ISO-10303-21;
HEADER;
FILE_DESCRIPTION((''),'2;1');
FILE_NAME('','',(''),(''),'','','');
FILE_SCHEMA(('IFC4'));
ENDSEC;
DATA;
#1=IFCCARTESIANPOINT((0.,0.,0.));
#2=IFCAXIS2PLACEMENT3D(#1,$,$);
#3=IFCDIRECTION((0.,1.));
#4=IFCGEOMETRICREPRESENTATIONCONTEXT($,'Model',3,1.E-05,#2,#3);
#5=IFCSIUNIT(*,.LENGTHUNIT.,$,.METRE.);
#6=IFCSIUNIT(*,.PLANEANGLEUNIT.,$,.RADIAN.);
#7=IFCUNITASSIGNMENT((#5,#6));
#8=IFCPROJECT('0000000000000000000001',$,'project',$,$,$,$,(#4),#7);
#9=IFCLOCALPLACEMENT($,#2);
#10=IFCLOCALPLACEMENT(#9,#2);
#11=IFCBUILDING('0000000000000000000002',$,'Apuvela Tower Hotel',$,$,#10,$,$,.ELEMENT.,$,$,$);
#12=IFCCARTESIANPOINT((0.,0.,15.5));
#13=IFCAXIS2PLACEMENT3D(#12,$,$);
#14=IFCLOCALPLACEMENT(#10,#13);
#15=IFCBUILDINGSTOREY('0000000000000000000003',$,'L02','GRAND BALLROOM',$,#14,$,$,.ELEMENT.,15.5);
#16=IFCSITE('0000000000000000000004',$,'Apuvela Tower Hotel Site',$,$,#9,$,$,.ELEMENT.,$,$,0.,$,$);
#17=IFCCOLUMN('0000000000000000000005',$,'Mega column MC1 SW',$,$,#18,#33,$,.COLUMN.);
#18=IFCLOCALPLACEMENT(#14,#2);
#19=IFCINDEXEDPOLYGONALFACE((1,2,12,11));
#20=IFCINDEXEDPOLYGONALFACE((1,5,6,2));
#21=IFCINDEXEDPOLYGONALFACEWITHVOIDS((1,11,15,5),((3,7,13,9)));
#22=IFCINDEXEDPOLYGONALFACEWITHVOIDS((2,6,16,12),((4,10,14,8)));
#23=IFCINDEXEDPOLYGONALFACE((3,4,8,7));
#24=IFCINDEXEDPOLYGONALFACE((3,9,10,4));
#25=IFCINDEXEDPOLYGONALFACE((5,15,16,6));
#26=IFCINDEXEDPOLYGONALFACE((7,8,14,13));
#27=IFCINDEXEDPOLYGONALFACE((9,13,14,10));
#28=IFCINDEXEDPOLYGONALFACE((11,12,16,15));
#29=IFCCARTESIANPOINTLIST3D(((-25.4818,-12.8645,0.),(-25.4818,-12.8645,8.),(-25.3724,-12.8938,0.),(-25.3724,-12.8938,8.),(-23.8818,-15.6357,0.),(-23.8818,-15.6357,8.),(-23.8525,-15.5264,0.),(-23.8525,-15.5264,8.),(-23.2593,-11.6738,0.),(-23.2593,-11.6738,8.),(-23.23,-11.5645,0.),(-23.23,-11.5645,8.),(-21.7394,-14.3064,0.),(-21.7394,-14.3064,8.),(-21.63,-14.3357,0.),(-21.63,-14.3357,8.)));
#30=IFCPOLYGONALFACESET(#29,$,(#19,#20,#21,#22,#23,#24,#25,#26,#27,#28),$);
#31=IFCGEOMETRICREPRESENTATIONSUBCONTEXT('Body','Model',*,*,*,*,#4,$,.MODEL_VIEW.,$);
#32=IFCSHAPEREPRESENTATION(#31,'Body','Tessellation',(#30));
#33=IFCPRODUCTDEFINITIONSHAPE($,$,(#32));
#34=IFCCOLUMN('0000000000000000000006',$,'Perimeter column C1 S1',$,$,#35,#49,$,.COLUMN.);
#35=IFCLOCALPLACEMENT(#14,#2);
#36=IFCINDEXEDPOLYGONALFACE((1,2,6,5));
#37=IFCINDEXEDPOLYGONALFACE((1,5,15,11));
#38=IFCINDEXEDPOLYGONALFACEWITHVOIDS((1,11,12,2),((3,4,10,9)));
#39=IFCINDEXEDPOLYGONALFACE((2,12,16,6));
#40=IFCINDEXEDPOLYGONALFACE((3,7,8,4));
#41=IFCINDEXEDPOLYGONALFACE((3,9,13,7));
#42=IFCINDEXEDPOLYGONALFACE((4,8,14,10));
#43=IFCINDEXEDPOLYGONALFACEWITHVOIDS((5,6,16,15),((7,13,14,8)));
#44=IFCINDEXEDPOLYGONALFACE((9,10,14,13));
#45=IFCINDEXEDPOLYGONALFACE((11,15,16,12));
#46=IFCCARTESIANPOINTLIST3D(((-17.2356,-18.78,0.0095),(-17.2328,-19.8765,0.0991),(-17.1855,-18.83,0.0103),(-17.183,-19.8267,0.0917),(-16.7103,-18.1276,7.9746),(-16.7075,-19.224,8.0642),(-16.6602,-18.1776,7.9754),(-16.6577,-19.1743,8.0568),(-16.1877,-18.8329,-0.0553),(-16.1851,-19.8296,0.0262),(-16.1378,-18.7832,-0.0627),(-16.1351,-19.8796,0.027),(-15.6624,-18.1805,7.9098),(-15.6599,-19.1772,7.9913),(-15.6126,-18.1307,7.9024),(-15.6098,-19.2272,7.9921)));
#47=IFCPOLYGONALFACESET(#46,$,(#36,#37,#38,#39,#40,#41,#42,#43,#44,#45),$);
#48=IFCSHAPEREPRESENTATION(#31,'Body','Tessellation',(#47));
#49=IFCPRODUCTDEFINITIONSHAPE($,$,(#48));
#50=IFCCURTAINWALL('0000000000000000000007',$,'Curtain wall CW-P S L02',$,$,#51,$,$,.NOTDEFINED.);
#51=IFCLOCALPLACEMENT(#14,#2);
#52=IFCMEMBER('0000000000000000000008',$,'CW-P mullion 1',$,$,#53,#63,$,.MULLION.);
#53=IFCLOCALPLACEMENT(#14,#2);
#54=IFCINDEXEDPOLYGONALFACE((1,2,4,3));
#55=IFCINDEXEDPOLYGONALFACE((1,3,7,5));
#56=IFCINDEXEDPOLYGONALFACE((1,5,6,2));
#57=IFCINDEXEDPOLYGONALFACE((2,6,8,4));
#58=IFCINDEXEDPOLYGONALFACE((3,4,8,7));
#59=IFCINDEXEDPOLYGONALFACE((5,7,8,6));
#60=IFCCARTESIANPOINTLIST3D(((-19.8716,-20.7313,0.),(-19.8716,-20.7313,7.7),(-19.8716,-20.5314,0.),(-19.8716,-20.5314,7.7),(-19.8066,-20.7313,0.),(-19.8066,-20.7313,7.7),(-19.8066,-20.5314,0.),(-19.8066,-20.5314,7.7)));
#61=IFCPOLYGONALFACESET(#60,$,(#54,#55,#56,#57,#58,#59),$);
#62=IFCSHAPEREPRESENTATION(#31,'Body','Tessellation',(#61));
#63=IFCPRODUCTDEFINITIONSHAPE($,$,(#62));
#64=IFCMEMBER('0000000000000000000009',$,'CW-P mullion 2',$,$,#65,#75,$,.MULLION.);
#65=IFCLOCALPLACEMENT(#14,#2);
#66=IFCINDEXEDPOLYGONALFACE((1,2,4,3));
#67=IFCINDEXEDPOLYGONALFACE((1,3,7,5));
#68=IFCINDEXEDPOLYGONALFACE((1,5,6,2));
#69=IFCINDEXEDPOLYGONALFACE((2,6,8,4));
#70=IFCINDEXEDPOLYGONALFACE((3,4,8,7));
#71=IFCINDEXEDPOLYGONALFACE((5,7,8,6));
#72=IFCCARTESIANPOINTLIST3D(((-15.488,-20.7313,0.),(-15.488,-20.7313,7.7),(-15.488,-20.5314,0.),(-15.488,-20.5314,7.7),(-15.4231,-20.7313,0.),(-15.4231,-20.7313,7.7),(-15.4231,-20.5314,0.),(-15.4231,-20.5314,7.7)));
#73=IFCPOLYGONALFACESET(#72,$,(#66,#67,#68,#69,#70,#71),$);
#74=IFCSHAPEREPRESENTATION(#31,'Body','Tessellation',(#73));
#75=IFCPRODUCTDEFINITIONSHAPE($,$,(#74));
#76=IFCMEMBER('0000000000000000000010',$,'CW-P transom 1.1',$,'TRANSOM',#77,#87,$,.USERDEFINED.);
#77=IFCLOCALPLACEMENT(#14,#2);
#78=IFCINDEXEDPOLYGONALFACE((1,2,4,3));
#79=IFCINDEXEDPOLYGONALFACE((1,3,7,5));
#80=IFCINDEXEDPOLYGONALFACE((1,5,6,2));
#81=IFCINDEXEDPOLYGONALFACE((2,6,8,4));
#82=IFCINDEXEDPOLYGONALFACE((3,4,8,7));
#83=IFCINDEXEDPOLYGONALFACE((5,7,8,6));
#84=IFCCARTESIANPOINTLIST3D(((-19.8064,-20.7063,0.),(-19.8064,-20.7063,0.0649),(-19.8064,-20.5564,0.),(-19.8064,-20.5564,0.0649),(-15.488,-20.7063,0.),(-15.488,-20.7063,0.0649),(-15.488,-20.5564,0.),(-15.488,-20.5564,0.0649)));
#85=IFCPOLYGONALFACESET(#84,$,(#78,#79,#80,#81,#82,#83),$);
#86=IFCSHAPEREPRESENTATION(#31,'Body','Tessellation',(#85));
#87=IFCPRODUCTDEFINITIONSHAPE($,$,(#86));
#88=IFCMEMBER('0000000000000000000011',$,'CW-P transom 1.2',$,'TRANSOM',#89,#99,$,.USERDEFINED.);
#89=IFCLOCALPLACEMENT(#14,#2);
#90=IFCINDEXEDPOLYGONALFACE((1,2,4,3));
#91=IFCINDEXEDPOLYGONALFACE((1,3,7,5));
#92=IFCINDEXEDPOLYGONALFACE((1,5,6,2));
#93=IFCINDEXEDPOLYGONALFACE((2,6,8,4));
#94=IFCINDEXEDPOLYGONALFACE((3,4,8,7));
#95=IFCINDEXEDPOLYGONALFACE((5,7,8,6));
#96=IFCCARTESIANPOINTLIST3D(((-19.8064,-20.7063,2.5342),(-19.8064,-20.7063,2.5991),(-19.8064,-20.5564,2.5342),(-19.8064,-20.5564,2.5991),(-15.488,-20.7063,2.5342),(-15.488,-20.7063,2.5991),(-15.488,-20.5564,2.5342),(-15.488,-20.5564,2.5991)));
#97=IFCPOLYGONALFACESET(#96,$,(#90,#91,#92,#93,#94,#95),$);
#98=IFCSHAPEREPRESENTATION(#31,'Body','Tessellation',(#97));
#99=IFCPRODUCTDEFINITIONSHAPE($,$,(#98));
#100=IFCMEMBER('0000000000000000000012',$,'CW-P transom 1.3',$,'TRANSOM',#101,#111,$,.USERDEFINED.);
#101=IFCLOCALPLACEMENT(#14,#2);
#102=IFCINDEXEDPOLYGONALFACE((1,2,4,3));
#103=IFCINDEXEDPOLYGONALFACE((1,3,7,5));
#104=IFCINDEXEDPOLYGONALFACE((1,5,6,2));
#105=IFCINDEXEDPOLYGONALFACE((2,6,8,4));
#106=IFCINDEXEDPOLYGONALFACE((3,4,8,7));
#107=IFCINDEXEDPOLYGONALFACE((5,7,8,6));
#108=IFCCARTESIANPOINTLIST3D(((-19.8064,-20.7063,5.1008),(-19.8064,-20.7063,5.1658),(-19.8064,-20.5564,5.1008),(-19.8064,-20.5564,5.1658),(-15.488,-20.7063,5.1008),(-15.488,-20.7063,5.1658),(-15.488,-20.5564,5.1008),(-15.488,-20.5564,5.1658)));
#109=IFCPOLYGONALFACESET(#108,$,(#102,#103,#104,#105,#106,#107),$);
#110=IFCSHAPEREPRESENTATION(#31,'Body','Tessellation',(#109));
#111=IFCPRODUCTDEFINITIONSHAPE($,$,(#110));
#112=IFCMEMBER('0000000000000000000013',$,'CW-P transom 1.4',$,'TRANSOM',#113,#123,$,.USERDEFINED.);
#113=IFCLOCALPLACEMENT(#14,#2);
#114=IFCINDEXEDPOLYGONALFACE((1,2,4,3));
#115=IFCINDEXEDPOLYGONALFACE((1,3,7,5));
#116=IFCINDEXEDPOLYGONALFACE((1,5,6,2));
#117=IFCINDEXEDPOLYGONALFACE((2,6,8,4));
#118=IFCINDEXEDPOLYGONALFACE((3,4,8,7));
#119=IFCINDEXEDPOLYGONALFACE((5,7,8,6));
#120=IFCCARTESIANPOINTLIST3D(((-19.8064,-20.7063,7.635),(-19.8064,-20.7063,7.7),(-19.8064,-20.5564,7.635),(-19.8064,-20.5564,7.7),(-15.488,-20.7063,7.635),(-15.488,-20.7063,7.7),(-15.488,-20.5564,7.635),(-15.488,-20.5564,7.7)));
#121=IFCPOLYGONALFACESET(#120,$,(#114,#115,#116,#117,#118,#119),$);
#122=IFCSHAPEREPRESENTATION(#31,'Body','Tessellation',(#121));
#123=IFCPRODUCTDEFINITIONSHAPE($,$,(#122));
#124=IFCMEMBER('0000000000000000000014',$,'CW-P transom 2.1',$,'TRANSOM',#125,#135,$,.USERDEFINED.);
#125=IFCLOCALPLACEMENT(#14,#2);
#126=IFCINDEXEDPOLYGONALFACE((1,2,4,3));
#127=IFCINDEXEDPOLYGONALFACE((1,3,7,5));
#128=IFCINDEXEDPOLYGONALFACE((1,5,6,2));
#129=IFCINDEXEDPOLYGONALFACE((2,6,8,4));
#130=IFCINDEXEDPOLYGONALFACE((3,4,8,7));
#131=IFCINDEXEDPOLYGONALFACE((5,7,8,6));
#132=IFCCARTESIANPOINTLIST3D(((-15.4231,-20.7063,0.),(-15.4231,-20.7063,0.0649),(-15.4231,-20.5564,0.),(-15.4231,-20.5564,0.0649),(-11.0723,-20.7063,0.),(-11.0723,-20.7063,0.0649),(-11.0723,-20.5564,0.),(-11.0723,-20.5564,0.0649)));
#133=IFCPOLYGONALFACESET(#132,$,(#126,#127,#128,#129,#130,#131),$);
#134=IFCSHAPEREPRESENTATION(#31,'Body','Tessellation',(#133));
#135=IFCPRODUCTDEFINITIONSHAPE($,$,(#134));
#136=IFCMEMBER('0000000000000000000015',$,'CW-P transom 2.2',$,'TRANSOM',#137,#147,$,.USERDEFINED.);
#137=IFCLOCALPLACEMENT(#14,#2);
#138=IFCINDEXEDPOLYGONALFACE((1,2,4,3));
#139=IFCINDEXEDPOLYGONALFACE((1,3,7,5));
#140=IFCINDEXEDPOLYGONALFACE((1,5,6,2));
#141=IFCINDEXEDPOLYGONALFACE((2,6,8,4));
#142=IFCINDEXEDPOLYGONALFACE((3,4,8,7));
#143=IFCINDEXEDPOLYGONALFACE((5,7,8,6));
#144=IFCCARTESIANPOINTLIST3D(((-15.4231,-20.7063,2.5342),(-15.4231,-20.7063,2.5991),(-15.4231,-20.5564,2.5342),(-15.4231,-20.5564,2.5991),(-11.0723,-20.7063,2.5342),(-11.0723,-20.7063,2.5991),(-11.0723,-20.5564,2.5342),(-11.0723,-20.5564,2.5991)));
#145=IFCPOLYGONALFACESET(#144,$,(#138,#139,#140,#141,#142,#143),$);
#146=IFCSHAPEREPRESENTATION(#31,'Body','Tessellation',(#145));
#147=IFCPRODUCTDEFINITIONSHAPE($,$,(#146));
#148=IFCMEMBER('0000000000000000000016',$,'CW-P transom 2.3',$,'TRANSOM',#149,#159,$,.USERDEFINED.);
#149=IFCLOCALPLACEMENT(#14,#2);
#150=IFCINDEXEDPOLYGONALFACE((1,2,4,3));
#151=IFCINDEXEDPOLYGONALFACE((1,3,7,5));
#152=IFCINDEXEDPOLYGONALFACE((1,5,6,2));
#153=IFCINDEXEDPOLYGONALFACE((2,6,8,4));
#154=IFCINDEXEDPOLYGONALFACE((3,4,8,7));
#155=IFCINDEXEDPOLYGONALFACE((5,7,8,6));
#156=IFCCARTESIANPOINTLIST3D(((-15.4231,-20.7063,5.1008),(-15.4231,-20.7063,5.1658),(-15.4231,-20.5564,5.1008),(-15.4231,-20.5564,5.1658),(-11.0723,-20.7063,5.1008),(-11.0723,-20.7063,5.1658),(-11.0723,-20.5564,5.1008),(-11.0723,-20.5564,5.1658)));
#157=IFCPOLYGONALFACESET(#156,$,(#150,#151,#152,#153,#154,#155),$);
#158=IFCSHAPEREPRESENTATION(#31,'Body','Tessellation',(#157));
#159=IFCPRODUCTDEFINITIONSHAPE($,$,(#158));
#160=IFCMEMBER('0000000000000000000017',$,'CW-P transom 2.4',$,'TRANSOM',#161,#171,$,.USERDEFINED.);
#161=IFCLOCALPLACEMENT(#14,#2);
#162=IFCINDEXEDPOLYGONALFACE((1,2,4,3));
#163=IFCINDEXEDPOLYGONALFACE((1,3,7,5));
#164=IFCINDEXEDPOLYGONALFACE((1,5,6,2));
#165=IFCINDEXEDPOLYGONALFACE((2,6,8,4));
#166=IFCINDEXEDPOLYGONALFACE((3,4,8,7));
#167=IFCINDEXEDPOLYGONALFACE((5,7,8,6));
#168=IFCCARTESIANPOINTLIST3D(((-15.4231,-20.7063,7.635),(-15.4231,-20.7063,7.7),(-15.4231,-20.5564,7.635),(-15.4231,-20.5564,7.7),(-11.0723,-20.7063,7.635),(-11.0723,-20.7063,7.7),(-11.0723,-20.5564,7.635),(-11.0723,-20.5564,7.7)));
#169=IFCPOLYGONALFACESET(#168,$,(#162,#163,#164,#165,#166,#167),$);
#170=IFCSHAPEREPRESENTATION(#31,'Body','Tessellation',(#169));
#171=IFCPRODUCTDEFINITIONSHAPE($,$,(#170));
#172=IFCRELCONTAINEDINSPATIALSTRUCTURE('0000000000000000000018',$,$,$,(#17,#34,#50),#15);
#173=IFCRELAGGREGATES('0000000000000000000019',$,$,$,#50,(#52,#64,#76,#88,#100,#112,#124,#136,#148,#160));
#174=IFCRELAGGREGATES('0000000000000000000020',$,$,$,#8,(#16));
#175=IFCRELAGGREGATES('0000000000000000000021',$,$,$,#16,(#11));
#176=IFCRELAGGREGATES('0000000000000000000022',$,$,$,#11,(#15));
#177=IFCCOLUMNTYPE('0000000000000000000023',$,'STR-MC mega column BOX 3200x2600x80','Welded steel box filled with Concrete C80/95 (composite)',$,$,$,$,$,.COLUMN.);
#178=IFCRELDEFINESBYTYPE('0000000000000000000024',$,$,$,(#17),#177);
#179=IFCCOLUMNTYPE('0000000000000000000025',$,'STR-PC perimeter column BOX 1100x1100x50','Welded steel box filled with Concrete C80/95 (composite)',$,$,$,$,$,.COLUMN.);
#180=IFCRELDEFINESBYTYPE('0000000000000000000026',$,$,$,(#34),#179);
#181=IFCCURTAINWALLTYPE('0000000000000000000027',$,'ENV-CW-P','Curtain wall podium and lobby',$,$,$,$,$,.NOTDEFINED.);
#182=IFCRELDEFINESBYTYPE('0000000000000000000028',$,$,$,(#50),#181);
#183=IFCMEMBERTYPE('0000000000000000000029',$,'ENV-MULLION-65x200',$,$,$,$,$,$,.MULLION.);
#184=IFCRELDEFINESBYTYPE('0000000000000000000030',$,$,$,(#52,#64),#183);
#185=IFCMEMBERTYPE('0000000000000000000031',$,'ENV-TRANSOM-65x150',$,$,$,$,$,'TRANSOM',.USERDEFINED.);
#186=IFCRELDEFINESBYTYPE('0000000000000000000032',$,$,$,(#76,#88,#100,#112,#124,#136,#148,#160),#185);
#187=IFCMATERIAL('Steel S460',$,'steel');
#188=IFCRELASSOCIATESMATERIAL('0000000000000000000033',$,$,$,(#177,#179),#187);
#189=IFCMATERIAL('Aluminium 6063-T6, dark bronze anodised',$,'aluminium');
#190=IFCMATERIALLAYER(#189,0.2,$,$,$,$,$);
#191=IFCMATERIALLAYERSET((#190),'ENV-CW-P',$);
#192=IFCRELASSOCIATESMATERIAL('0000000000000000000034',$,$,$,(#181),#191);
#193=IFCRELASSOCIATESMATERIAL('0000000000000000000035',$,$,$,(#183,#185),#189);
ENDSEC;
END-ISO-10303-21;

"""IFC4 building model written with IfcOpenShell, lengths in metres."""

from ifc_helpers import new_model, si_unit, direction, frame, origin, origin_2d, place, context, subcontext, project, spatial, rectangle, hollow_rectangle, extrude, boolean, halfspace, material, layer, layer_set, material_profile, profile_set, type_object, element, aggregate, save


model = new_model("IFC4")

# Units and contexts
model_context = context("Model", 3, precision=1e-05, world=origin(), true_north=direction((0.0, 1.0)))
body_context = subcontext(model_context, "Body", "Model", "MODEL_VIEW")
ifc_project = project(units=[si_unit("LENGTHUNIT", "METRE"), si_unit("PLANEANGLEUNIT", "RADIAN")], contexts=[model_context])

# Site, building, storey
site_placement = place(None, origin())
site = spatial("IfcSite", under=ifc_project, at=site_placement, Name="Apuvela Tower Hotel Site", CompositionType="ELEMENT", RefElevation=0.0)
building_placement = place(site_placement, origin())
building = spatial("IfcBuilding", under=site, at=building_placement, Name="Apuvela Tower Hotel", CompositionType="ELEMENT")
storey_placement = place(building_placement, frame((0.0, 0.0, 15.5)))
storey = spatial("IfcBuildingStorey", under=building, at=storey_placement, Name="L02", Description="GRAND BALLROOM", CompositionType="ELEMENT", Elevation=15.5)

# Columns
ifc_material_1 = material(Name="Steel S460", Category="steel")
ifc_material_profile_1 = material_profile(ifc_material_1, hollow_rectangle(XDim=3.2, YDim=2.6001, WallThickness=0.0801, at=origin_2d()), Name="BOX 3200x2600x80")
ifc_material_2 = material(Name="Concrete C80/95", Category="concrete")
ifc_material_profile_2 = material_profile(ifc_material_2, rectangle(XDim=3.04, YDim=2.4399, at=origin_2d()), Name="Concrete C80/95 infill")
ifc_profile_set_1 = profile_set([ifc_material_profile_1, ifc_material_profile_2], Name="Steel S460")
column_type_1 = type_object("IfcColumnType", Name="STR-MC mega column BOX 3200x2600x80", Description="Welded steel box filled with Concrete C80/95 (composite)", PredefinedType="COLUMN", material=ifc_profile_set_1)
column_1_placement = place(storey_placement, frame((-23.5559, -13.6001, 0.0), z_axis=(0.0, 0.0, 1.0), x_axis=(-0.5, 0.866025, 0.0)))
element("IfcColumn", 1, at=column_1_placement, inside=storey, type_object=column_type_1, Name="Mega column MC1 SW", PredefinedType="COLUMN", context=body_context, shape_type="SweptSolid", body=[
    extrude(hollow_rectangle(XDim=3.2, YDim=2.6001, WallThickness=0.0801, at=origin_2d()), origin(), (0.0, 0.0, 1.0), 8.0),
])
ifc_material_profile_3 = material_profile(ifc_material_1, hollow_rectangle(XDim=1.1001, YDim=1.1001, WallThickness=0.05, at=origin_2d()), Name="BOX 1100x1100x50")
ifc_material_profile_4 = material_profile(ifc_material_2, rectangle(XDim=1.0, YDim=1.0, at=origin_2d()), Name="Concrete C80/95 infill")
ifc_profile_set_2 = profile_set([ifc_material_profile_3, ifc_material_profile_4], Name="Steel S460")
column_type_2 = type_object("IfcColumnType", Name="STR-PC perimeter column BOX 1100x1100x50", Description="Welded steel box filled with Concrete C80/95 (composite)", PredefinedType="COLUMN", material=ifc_profile_set_2)
column_2_placement = place(storey_placement, frame((-16.6865, -19.3313, 0.0), z_axis=(0.065587, 0.08146, 0.994516), x_axis=(-0.997844, 0.002852, 0.065573)))
element("IfcColumn", 2, at=column_2_placement, inside=storey, type_object=column_type_2, Name="Perimeter column C1 S1", PredefinedType="COLUMN", context=body_context, shape_type="SweptSolid", body=[
    boolean("DIFFERENCE", boolean("DIFFERENCE", extrude(hollow_rectangle(XDim=1.1001, YDim=1.1001, WallThickness=0.05, at=origin_2d()), origin(), (0.0, 0.0, 1.0), 8.0442), halfspace(frame((0.0, 0.0, 0.0183), z_axis=(0.0, 0.0, 1.0), x_axis=(1.0, 0.0, 0.0)), True)), halfspace(frame((0.0, 0.0, 8.0273), z_axis=(0.0, 0.0, 1.0), x_axis=(1.0, 0.0, 0.0)), False)),
])

# Curtain wall, members
ifc_material_3 = material(Name="Aluminium 6063-T6, dark bronze anodised", Category="aluminium")
ifc_layer_1 = layer(ifc_material_3, 0.2)
ifc_layer_set_1 = layer_set([ifc_layer_1], Name="ENV-CW-P")
curtain_wall_type = type_object("IfcCurtainWallType", Name="ENV-CW-P", Description="Curtain wall podium and lobby", PredefinedType="NOTDEFINED", material=ifc_layer_set_1)
curtain_wall_placement = place(storey_placement, origin())
curtain_wall = element("IfcCurtainWall", 3, at=curtain_wall_placement, inside=storey, type_object=curtain_wall_type, Name="Curtain wall CW-P S L02", PredefinedType="NOTDEFINED")
ifc_material_profile_5 = material_profile(ifc_material_3, rectangle(XDim=0.2, YDim=0.0649, at=origin_2d()), Name="AL 65x200")
ifc_profile_set_3 = profile_set([ifc_material_profile_5], Name="Aluminium 6063-T6, dark bronze anodised")
member_type_1 = type_object("IfcMemberType", Name="ENV-MULLION-65x200", PredefinedType="MULLION", material=ifc_profile_set_3)
member_1_placement = place(storey_placement, frame((-19.8391, -20.6313, 0.0), z_axis=(0.0, 0.0, 1.0), x_axis=(0.0, 1.0, 0.0)))
member_1 = element("IfcMember", 4, at=member_1_placement, type_object=member_type_1, Name="CW-P mullion 1", PredefinedType="MULLION", context=body_context, shape_type="SweptSolid", body=[
    extrude(rectangle(XDim=0.2, YDim=0.0649, at=origin_2d()), origin(), (0.0, 0.0, 1.0), 7.7),
])
member_2_placement = place(storey_placement, frame((-15.4556, -20.6313, 0.0), z_axis=(0.0, 0.0, 1.0), x_axis=(0.0, 1.0, 0.0)))
member_2 = element("IfcMember", 5, at=member_2_placement, type_object=member_type_1, Name="CW-P mullion 2", PredefinedType="MULLION", context=body_context, shape_type="SweptSolid", body=[
    extrude(rectangle(XDim=0.2, YDim=0.0649, at=origin_2d()), origin(), (0.0, 0.0, 1.0), 7.7),
])
ifc_material_profile_6 = material_profile(ifc_material_3, rectangle(XDim=0.1499, YDim=0.0649, at=origin_2d()), Name="AL 65x150 transom")
ifc_profile_set_4 = profile_set([ifc_material_profile_6], Name="Aluminium 6063-T6, dark bronze anodised")
member_type_2 = type_object("IfcMemberType", Name="ENV-TRANSOM-65x150", ElementType="TRANSOM", PredefinedType="USERDEFINED", material=ifc_profile_set_4)
member_3_placement = place(storey_placement, frame((-19.8064, -20.6313, 0.0325), z_axis=(1.0, 0.0, 0.0), x_axis=(0.0, 1.0, 0.0)))
member_3 = element("IfcMember", 6, at=member_3_placement, type_object=member_type_2, Name="CW-P transom 1.1", ObjectType="TRANSOM", PredefinedType="USERDEFINED", context=body_context, shape_type="SweptSolid", body=[
    extrude(rectangle(XDim=0.1499, YDim=0.0649, at=origin_2d()), origin(), (0.0, 0.0, 1.0), 4.3184),
])
member_4_placement = place(storey_placement, frame((-19.8064, -20.6313, 2.5667), z_axis=(1.0, 0.0, 0.0), x_axis=(0.0, 1.0, 0.0)))
member_4 = element("IfcMember", 7, at=member_4_placement, type_object=member_type_2, Name="CW-P transom 1.2", ObjectType="TRANSOM", PredefinedType="USERDEFINED", context=body_context, shape_type="SweptSolid", body=[
    extrude(rectangle(XDim=0.1499, YDim=0.0649, at=origin_2d()), origin(), (0.0, 0.0, 1.0), 4.3184),
])
member_5_placement = place(storey_placement, frame((-19.8064, -20.6313, 5.1333), z_axis=(1.0, 0.0, 0.0), x_axis=(0.0, 1.0, 0.0)))
member_5 = element("IfcMember", 8, at=member_5_placement, type_object=member_type_2, Name="CW-P transom 1.3", ObjectType="TRANSOM", PredefinedType="USERDEFINED", context=body_context, shape_type="SweptSolid", body=[
    extrude(rectangle(XDim=0.1499, YDim=0.0649, at=origin_2d()), origin(), (0.0, 0.0, 1.0), 4.3184),
])
member_6_placement = place(storey_placement, frame((-19.8064, -20.6313, 7.6675), z_axis=(1.0, 0.0, 0.0), x_axis=(0.0, 1.0, 0.0)))
member_6 = element("IfcMember", 9, at=member_6_placement, type_object=member_type_2, Name="CW-P transom 1.4", ObjectType="TRANSOM", PredefinedType="USERDEFINED", context=body_context, shape_type="SweptSolid", body=[
    extrude(rectangle(XDim=0.1499, YDim=0.0649, at=origin_2d()), origin(), (0.0, 0.0, 1.0), 4.3184),
])
member_7_placement = place(storey_placement, frame((-15.4231, -20.6313, 0.0325), z_axis=(1.0, 0.0, 0.0), x_axis=(0.0, 1.0, 0.0)))
member_7 = element("IfcMember", 10, at=member_7_placement, type_object=member_type_2, Name="CW-P transom 2.1", ObjectType="TRANSOM", PredefinedType="USERDEFINED", context=body_context, shape_type="SweptSolid", body=[
    extrude(rectangle(XDim=0.1499, YDim=0.0649, at=origin_2d()), origin(), (0.0, 0.0, 1.0), 4.3508),
])
member_8_placement = place(storey_placement, frame((-15.4231, -20.6313, 2.5667), z_axis=(1.0, 0.0, 0.0), x_axis=(0.0, 1.0, 0.0)))
member_8 = element("IfcMember", 11, at=member_8_placement, type_object=member_type_2, Name="CW-P transom 2.2", ObjectType="TRANSOM", PredefinedType="USERDEFINED", context=body_context, shape_type="SweptSolid", body=[
    extrude(rectangle(XDim=0.1499, YDim=0.0649, at=origin_2d()), origin(), (0.0, 0.0, 1.0), 4.3508),
])
member_9_placement = place(storey_placement, frame((-15.4231, -20.6313, 5.1333), z_axis=(1.0, 0.0, 0.0), x_axis=(0.0, 1.0, 0.0)))
member_9 = element("IfcMember", 12, at=member_9_placement, type_object=member_type_2, Name="CW-P transom 2.3", ObjectType="TRANSOM", PredefinedType="USERDEFINED", context=body_context, shape_type="SweptSolid", body=[
    extrude(rectangle(XDim=0.1499, YDim=0.0649, at=origin_2d()), origin(), (0.0, 0.0, 1.0), 4.3508),
])
member_10_placement = place(storey_placement, frame((-15.4231, -20.6313, 7.6675), z_axis=(1.0, 0.0, 0.0), x_axis=(0.0, 1.0, 0.0)))
member_10 = element("IfcMember", 13, at=member_10_placement, type_object=member_type_2, Name="CW-P transom 2.4", ObjectType="TRANSOM", PredefinedType="USERDEFINED", context=body_context, shape_type="SweptSolid", body=[
    extrude(rectangle(XDim=0.1499, YDim=0.0649, at=origin_2d()), origin(), (0.0, 0.0, 1.0), 4.3508),
])

aggregate(curtain_wall, [member_1, member_2, member_3, member_4, member_5, member_6, member_7, member_8, member_9, member_10])

save(model, "model.ifc")
